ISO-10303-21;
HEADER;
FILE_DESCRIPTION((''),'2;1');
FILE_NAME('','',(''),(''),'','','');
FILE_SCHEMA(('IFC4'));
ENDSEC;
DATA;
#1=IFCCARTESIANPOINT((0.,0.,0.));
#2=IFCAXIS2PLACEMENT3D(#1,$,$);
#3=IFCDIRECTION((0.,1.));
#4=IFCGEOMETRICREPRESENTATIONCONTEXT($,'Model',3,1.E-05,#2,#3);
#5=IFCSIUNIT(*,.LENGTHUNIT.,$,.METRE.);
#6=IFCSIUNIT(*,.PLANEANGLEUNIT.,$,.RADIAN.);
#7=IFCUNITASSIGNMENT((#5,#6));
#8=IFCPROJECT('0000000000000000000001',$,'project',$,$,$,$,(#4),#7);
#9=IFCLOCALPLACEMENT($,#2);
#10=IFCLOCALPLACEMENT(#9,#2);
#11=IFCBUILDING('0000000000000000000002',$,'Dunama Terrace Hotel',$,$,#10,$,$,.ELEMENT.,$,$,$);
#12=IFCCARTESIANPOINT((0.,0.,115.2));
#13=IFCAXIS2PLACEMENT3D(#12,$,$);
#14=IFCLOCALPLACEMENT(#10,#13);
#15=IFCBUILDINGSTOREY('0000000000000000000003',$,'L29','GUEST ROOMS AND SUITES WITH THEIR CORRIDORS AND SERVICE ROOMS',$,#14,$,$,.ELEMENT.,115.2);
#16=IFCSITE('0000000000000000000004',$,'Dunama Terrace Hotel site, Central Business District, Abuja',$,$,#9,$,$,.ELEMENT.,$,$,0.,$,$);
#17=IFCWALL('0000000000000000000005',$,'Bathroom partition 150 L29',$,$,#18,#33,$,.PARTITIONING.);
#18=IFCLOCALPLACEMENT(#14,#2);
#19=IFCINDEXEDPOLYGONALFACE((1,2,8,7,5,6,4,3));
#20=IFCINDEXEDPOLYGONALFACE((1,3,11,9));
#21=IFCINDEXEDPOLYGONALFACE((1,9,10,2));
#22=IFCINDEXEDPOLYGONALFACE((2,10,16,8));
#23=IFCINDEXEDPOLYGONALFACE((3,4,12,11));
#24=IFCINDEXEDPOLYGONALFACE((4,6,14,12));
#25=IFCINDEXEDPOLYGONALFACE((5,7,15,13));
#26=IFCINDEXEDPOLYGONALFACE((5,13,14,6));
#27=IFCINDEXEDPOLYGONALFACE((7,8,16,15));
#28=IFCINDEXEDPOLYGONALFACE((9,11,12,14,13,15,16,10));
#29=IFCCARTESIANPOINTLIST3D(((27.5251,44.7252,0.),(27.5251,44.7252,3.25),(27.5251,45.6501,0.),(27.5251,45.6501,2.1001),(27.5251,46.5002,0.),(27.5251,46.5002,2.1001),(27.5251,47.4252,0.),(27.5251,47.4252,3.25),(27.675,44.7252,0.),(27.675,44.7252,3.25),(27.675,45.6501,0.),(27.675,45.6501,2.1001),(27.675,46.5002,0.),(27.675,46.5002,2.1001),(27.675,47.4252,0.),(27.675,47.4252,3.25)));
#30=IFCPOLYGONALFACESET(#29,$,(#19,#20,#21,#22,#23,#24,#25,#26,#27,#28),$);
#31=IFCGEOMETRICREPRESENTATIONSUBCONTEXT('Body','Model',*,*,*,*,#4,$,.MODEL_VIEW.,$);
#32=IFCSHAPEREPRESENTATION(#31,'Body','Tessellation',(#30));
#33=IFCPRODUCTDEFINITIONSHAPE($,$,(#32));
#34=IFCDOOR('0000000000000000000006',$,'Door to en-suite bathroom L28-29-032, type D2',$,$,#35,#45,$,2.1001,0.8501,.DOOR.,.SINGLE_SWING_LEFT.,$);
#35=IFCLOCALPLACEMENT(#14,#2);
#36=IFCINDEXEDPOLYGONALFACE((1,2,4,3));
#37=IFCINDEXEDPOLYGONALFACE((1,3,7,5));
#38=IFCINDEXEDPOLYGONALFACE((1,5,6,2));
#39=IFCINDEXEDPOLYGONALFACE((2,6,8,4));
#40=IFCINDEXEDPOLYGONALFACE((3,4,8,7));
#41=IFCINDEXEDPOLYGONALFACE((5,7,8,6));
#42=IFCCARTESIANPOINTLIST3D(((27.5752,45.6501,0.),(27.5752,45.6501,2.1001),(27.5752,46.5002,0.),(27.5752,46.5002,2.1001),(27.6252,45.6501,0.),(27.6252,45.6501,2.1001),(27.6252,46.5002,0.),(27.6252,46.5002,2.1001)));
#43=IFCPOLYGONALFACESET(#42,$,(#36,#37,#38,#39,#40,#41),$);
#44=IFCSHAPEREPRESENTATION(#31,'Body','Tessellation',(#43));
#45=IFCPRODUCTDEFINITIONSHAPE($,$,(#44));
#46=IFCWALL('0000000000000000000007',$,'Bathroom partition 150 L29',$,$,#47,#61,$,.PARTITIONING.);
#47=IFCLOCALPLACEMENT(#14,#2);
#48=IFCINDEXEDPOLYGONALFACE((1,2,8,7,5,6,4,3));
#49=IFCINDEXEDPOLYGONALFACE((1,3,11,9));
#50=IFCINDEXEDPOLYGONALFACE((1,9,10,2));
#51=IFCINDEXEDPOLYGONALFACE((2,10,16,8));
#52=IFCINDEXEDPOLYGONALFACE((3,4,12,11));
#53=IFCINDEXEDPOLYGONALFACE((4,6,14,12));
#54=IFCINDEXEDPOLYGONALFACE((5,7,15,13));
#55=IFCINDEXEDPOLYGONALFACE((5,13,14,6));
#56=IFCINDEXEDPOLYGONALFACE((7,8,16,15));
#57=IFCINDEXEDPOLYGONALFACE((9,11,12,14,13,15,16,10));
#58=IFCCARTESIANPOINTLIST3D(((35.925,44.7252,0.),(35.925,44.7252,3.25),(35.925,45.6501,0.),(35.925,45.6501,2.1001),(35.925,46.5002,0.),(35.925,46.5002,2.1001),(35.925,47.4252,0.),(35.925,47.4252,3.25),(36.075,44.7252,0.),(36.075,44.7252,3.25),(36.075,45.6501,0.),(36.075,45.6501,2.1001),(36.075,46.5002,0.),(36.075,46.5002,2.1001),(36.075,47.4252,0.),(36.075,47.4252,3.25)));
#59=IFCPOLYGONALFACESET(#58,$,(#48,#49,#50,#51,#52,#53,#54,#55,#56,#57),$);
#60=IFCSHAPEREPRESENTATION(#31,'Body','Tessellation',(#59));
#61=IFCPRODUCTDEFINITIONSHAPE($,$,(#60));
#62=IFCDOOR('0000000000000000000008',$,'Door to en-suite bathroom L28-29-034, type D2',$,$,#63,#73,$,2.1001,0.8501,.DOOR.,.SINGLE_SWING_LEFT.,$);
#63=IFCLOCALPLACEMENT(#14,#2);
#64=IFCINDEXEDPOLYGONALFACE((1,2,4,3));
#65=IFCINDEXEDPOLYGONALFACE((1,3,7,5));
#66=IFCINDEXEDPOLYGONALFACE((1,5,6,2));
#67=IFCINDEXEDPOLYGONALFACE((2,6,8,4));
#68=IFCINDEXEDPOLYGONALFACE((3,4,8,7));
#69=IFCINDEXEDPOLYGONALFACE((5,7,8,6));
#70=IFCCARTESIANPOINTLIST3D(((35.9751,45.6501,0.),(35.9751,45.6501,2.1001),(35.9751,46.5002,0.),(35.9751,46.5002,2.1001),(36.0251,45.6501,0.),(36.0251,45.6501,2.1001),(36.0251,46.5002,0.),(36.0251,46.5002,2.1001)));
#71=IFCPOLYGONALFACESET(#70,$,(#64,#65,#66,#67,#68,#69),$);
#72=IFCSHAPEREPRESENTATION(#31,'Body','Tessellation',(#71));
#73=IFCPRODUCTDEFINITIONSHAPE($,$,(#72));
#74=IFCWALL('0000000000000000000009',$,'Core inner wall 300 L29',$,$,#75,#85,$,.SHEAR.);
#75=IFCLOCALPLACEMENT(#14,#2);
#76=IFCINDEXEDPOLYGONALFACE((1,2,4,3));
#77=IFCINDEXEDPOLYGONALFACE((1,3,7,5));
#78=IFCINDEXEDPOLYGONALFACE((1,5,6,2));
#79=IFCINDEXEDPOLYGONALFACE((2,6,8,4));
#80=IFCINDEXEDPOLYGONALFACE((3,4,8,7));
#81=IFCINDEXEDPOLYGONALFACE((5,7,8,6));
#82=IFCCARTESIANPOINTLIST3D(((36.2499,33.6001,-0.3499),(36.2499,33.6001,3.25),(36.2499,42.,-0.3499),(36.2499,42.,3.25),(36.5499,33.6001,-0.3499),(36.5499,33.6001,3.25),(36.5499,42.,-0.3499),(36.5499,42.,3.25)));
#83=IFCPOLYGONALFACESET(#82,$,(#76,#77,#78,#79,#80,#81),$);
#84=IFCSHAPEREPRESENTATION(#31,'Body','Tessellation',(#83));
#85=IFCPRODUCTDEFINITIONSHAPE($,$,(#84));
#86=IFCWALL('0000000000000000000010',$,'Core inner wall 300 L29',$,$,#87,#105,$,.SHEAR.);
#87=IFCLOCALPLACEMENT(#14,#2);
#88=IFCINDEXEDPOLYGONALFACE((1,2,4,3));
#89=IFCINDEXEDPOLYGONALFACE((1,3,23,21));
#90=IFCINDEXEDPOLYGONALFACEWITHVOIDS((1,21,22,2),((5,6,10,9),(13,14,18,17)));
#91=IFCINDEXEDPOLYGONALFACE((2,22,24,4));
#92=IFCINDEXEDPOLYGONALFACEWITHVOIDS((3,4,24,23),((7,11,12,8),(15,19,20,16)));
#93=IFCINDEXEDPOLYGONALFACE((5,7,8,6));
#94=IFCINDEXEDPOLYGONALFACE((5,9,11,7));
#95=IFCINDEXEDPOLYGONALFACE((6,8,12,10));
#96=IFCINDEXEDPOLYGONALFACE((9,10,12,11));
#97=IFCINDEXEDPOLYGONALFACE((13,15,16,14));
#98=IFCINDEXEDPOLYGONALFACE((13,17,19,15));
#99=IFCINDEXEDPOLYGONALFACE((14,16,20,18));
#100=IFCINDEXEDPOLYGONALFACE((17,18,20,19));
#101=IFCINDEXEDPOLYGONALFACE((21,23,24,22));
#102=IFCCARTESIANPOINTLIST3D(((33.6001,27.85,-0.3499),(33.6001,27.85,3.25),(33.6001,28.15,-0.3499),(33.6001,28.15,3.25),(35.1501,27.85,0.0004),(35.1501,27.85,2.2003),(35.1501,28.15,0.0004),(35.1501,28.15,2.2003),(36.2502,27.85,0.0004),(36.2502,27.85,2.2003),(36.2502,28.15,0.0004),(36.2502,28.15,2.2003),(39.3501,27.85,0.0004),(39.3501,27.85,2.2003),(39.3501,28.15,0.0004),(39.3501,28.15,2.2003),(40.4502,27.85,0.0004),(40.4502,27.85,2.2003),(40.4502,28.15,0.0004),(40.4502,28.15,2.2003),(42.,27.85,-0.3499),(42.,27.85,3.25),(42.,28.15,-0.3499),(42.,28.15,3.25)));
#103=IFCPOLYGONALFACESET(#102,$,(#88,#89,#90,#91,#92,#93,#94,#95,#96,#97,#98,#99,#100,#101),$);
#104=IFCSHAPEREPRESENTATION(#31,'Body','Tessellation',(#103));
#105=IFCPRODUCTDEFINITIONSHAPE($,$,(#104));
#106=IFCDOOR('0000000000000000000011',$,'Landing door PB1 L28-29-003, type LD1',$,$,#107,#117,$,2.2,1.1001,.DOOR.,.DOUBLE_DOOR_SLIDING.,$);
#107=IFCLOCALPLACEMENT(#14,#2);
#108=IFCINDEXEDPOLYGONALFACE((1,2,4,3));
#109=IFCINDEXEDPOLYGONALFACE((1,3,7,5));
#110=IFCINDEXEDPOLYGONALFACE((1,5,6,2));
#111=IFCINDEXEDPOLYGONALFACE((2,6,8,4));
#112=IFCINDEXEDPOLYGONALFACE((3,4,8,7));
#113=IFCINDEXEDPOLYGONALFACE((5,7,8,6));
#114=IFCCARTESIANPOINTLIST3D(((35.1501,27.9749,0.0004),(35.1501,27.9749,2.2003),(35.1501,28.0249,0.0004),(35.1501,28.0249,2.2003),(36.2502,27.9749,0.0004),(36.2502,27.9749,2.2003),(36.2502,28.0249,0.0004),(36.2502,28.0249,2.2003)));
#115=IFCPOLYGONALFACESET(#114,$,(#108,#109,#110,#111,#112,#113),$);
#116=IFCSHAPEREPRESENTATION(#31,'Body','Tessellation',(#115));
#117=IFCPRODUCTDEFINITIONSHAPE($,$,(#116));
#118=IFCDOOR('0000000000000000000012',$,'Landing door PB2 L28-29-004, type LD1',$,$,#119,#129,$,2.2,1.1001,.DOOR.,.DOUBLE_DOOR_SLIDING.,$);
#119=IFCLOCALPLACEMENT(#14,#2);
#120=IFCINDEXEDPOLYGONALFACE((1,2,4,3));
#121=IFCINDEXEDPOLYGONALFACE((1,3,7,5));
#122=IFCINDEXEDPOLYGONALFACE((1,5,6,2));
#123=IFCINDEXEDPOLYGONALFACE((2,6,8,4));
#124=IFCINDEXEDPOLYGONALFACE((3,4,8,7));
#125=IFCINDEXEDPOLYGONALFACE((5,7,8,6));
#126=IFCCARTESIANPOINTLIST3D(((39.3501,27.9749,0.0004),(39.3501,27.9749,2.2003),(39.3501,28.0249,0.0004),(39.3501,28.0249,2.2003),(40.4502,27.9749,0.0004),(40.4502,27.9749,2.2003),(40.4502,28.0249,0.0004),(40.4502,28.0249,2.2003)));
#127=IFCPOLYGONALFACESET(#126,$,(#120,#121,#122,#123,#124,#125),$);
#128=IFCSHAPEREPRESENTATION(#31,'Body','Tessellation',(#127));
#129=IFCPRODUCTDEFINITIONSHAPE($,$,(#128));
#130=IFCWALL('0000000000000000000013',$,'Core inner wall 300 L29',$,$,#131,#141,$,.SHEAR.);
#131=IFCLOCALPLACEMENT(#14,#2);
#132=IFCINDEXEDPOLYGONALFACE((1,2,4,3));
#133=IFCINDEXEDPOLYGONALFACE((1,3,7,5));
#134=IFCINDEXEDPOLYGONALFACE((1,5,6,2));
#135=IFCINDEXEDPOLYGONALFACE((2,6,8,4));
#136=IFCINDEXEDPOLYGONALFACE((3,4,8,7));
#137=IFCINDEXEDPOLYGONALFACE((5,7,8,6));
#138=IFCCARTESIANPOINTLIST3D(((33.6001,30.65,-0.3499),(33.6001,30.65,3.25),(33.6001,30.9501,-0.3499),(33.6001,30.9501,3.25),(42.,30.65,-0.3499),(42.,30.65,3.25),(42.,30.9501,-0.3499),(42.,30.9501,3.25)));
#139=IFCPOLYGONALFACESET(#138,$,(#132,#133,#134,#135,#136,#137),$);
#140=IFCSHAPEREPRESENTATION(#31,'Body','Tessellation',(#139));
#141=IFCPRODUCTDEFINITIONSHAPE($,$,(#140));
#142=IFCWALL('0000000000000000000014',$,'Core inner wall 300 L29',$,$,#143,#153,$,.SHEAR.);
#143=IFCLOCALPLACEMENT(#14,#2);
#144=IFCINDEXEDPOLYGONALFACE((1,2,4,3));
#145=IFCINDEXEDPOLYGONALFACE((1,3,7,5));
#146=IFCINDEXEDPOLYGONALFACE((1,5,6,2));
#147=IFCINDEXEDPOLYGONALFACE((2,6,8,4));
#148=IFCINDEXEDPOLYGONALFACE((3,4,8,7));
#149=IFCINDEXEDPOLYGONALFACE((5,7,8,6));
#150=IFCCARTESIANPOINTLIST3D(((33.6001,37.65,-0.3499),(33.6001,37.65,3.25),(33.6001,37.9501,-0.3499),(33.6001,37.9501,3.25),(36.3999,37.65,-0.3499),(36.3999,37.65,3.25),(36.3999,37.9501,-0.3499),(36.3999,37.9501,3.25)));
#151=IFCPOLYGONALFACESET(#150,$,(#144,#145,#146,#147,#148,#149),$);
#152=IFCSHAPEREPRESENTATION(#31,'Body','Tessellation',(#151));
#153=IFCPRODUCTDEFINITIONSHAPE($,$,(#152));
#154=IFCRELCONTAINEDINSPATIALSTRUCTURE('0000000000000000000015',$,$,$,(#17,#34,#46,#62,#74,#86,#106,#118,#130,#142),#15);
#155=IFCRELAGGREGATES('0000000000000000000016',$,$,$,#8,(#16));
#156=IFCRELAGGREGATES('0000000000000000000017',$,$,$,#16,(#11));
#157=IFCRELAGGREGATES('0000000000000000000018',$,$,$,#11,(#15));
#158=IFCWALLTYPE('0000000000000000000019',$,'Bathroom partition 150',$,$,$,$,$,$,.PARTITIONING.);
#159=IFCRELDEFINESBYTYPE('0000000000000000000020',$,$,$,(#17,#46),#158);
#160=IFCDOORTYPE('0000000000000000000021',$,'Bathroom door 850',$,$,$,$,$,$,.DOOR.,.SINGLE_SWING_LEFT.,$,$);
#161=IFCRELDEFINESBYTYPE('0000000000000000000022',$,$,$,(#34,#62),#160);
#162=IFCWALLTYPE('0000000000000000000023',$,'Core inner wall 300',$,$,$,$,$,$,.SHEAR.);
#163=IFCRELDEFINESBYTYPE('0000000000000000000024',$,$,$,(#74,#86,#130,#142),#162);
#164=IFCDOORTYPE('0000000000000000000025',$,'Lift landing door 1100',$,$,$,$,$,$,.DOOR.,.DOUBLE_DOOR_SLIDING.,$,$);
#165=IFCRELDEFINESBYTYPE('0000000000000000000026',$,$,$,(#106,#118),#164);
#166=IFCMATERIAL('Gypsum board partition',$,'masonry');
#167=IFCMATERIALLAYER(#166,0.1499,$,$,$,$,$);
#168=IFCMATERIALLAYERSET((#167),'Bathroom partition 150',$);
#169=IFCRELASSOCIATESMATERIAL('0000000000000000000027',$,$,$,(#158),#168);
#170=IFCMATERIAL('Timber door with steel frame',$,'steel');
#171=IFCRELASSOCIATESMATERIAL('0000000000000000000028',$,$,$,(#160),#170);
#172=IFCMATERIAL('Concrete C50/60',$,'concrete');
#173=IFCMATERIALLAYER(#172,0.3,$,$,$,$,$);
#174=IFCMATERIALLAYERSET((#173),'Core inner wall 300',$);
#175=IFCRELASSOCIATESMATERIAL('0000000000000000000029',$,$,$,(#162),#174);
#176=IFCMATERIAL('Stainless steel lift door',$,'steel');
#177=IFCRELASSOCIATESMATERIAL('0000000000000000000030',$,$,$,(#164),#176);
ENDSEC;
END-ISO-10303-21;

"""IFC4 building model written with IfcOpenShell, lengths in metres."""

from ifc_helpers import new_model, si_unit, direction, frame, frame_2d, origin, place, context, subcontext, project, spatial, rectangle, extrude, material, layer, layer_set, type_object, element, fill, save


model = new_model("IFC4")

# Units and contexts
model_context = context("Model", 3, precision=1e-05, world=origin(), true_north=direction((0.0, 1.0)))
body_context = subcontext(model_context, "Body", "Model", "MODEL_VIEW")
ifc_project = project(units=[si_unit("LENGTHUNIT", "METRE"), si_unit("PLANEANGLEUNIT", "RADIAN")], contexts=[model_context])

# Site, building, storey
site_placement = place(None, origin())
site = spatial("IfcSite", under=ifc_project, at=site_placement, Name="Dunama Terrace Hotel site, Central Business District, Abuja", CompositionType="ELEMENT", RefElevation=0.0)
building_placement = place(site_placement, origin())
building = spatial("IfcBuilding", under=site, at=building_placement, Name="Dunama Terrace Hotel", CompositionType="ELEMENT")
storey_placement = place(building_placement, frame((0.0, 0.0, 115.2)))
storey = spatial("IfcBuildingStorey", under=building, at=storey_placement, Name="L29", Description="GUEST ROOMS AND SUITES WITH THEIR CORRIDORS AND SERVICE ROOMS", CompositionType="ELEMENT", Elevation=115.2)

# Walls, openings, doors
ifc_material_1 = material(Name="Gypsum board partition", Category="masonry")
ifc_layer_1 = layer(ifc_material_1, 0.1499)
ifc_layer_set_1 = layer_set([ifc_layer_1], Name="Bathroom partition 150")
wall_type_1 = type_object("IfcWallType", Name="Bathroom partition 150", PredefinedType="PARTITIONING", material=ifc_layer_set_1)
wall_1_placement = place(storey_placement, frame((27.6001, 44.7251, 0.0), z_axis=(0.0, 0.0, 1.0), x_axis=(0.0, 1.0, 0.0)))
wall_1 = element("IfcWall", 1, at=wall_1_placement, inside=storey, type_object=wall_type_1, Name="Bathroom partition 150 L29", PredefinedType="PARTITIONING", context=body_context, shape_type="SweptSolid", body=[
    extrude(rectangle(XDim=2.7, YDim=0.1499, at=frame_2d((1.3501, 0.0))), origin(), (0.0, 0.0, 1.0), 3.25),
])
opening_1_placement = place(wall_1_placement, frame((0.925, 0.0, 0.0)))
opening_1 = element("IfcOpeningElement", 2, at=opening_1_placement, cuts=wall_1, PredefinedType="OPENING", context=body_context, shape_type="SweptSolid", body=[
    extrude(rectangle(XDim=0.8501, YDim=2.1001, at=frame_2d((0.425, 1.05))), frame((0.0, 0.085, 0.0), z_axis=(0.0, -1.0, 0.0), x_axis=(1.0, 0.0, 0.0)), (0.0, 0.0, 1.0), 0.1699),
])
ifc_material_2 = material(Name="Timber door with steel frame", Category="steel")
door_type_1 = type_object("IfcDoorType", Name="Bathroom door 850", OperationType="SINGLE_SWING_LEFT", PredefinedType="DOOR", material=ifc_material_2)
door_1_placement = place(opening_1_placement, origin())
door_1 = element("IfcDoor", 3, at=door_1_placement, inside=storey, type_object=door_type_1, Name="Door to en-suite bathroom L28-29-032, type D2", OperationType="SINGLE_SWING_LEFT", OverallHeight=2.1001, OverallWidth=0.8501, PredefinedType="DOOR", context=body_context, shape_type="SweptSolid", body=[
    extrude(rectangle(XDim=0.8501, YDim=2.1001, at=frame_2d((0.425, 1.05))), frame((0.0, 0.0249, 0.0), z_axis=(0.0, -1.0, 0.0), x_axis=(1.0, 0.0, 0.0)), (0.0, 0.0, 1.0), 0.05),
])
fill(opening_1, door_1)
wall_2_placement = place(storey_placement, frame((36.0, 44.7251, 0.0), z_axis=(0.0, 0.0, 1.0), x_axis=(0.0, 1.0, 0.0)))
wall_2 = element("IfcWall", 4, at=wall_2_placement, inside=storey, type_object=wall_type_1, Name="Bathroom partition 150 L29", PredefinedType="PARTITIONING", context=body_context, shape_type="SweptSolid", body=[
    extrude(rectangle(XDim=2.7, YDim=0.1499, at=frame_2d((1.3501, 0.0))), origin(), (0.0, 0.0, 1.0), 3.25),
])
opening_2_placement = place(wall_2_placement, frame((0.925, 0.0, 0.0)))
opening_2 = element("IfcOpeningElement", 5, at=opening_2_placement, cuts=wall_2, PredefinedType="OPENING", context=body_context, shape_type="SweptSolid", body=[
    extrude(rectangle(XDim=0.8501, YDim=2.1001, at=frame_2d((0.425, 1.05))), frame((0.0, 0.085, 0.0), z_axis=(0.0, -1.0, 0.0), x_axis=(1.0, 0.0, 0.0)), (0.0, 0.0, 1.0), 0.1699),
])
door_2_placement = place(opening_2_placement, origin())
door_2 = element("IfcDoor", 6, at=door_2_placement, inside=storey, type_object=door_type_1, Name="Door to en-suite bathroom L28-29-034, type D2", OperationType="SINGLE_SWING_LEFT", OverallHeight=2.1001, OverallWidth=0.8501, PredefinedType="DOOR", context=body_context, shape_type="SweptSolid", body=[
    extrude(rectangle(XDim=0.8501, YDim=2.1001, at=frame_2d((0.425, 1.05))), frame((0.0, 0.0249, 0.0), z_axis=(0.0, -1.0, 0.0), x_axis=(1.0, 0.0, 0.0)), (0.0, 0.0, 1.0), 0.05),
])
fill(opening_2, door_2)

# Wall
ifc_material_3 = material(Name="Concrete C50/60", Category="concrete")
ifc_layer_2 = layer(ifc_material_3, 0.3)
ifc_layer_set_2 = layer_set([ifc_layer_2], Name="Core inner wall 300")
wall_type_2 = type_object("IfcWallType", Name="Core inner wall 300", PredefinedType="SHEAR", material=ifc_layer_set_2)
wall_3_placement = place(storey_placement, frame((36.3999, 33.6001, -0.3499), z_axis=(0.0, 0.0, 1.0), x_axis=(0.0, 1.0, 0.0)))
element("IfcWall", 7, at=wall_3_placement, inside=storey, type_object=wall_type_2, Name="Core inner wall 300 L29", PredefinedType="SHEAR", context=body_context, shape_type="SweptSolid", body=[
    extrude(rectangle(XDim=8.3999, YDim=0.3, at=frame_2d((4.2, 0.0))), origin(), (0.0, 0.0, 1.0), 3.5999),
])

# Wall, openings, doors
wall_4_placement = place(storey_placement, frame((33.6001, 28.0, -0.3499), z_axis=(0.0, 0.0, 1.0), x_axis=(1.0, 0.0, 0.0)))
wall_4 = element("IfcWall", 8, at=wall_4_placement, inside=storey, type_object=wall_type_2, Name="Core inner wall 300 L29", PredefinedType="SHEAR", context=body_context, shape_type="SweptSolid", body=[
    extrude(rectangle(XDim=8.3999, YDim=0.3, at=frame_2d((4.2, 0.0))), origin(), (0.0, 0.0, 1.0), 3.5999),
])
opening_3_placement = place(wall_4_placement, frame((1.55, 0.0, 0.3501)))
opening_3 = element("IfcOpeningElement", 9, at=opening_3_placement, cuts=wall_4, PredefinedType="OPENING", context=body_context, shape_type="SweptSolid", body=[
    extrude(rectangle(XDim=1.1001, YDim=2.2, at=frame_2d((0.55, 1.1001))), frame((0.0, 0.1599, 0.0), z_axis=(0.0, -1.0, 0.0), x_axis=(1.0, 0.0, 0.0)), (0.0, 0.0, 1.0), 0.3201),
])
opening_4_placement = place(wall_4_placement, frame((5.75, 0.0, 0.3501)))
opening_4 = element("IfcOpeningElement", 10, at=opening_4_placement, cuts=wall_4, PredefinedType="OPENING", context=body_context, shape_type="SweptSolid", body=[
    extrude(rectangle(XDim=1.1001, YDim=2.2, at=frame_2d((0.55, 1.1001))), frame((0.0, 0.1599, 0.0), z_axis=(0.0, -1.0, 0.0), x_axis=(1.0, 0.0, 0.0)), (0.0, 0.0, 1.0), 0.3201),
])
ifc_material_4 = material(Name="Stainless steel lift door", Category="steel")
door_type_2 = type_object("IfcDoorType", Name="Lift landing door 1100", OperationType="DOUBLE_DOOR_SLIDING", PredefinedType="DOOR", material=ifc_material_4)
door_3_placement = place(opening_3_placement, origin())
door_3 = element("IfcDoor", 11, at=door_3_placement, inside=storey, type_object=door_type_2, Name="Landing door PB1 L28-29-003, type LD1", OperationType="DOUBLE_DOOR_SLIDING", OverallHeight=2.2, OverallWidth=1.1001, PredefinedType="DOOR", context=body_context, shape_type="SweptSolid", body=[
    extrude(rectangle(XDim=1.1001, YDim=2.2, at=frame_2d((0.55, 1.1001))), frame((0.0, 0.0249, 0.0), z_axis=(0.0, -1.0, 0.0), x_axis=(1.0, 0.0, 0.0)), (0.0, 0.0, 1.0), 0.05),
])
fill(opening_3, door_3)
door_4_placement = place(opening_4_placement, origin())
door_4 = element("IfcDoor", 12, at=door_4_placement, inside=storey, type_object=door_type_2, Name="Landing door PB2 L28-29-004, type LD1", OperationType="DOUBLE_DOOR_SLIDING", OverallHeight=2.2, OverallWidth=1.1001, PredefinedType="DOOR", context=body_context, shape_type="SweptSolid", body=[
    extrude(rectangle(XDim=1.1001, YDim=2.2, at=frame_2d((0.55, 1.1001))), frame((0.0, 0.0249, 0.0), z_axis=(0.0, -1.0, 0.0), x_axis=(1.0, 0.0, 0.0)), (0.0, 0.0, 1.0), 0.05),
])
fill(opening_4, door_4)

# Walls
wall_5_placement = place(storey_placement, frame((33.6001, 30.8, -0.3499), z_axis=(0.0, 0.0, 1.0), x_axis=(1.0, 0.0, 0.0)))
element("IfcWall", 13, at=wall_5_placement, inside=storey, type_object=wall_type_2, Name="Core inner wall 300 L29", PredefinedType="SHEAR", context=body_context, shape_type="SweptSolid", body=[
    extrude(rectangle(XDim=8.3999, YDim=0.3, at=frame_2d((4.2, 0.0))), origin(), (0.0, 0.0, 1.0), 3.5999),
])
wall_6_placement = place(storey_placement, frame((33.6001, 37.8, -0.3499), z_axis=(0.0, 0.0, 1.0), x_axis=(1.0, 0.0, 0.0)))
element("IfcWall", 14, at=wall_6_placement, inside=storey, type_object=wall_type_2, Name="Core inner wall 300 L29", PredefinedType="SHEAR", context=body_context, shape_type="SweptSolid", body=[
    extrude(rectangle(XDim=2.7998, YDim=0.3, at=frame_2d((1.3999, 0.0))), origin(), (0.0, 0.0, 1.0), 3.5999),
])

save(model, "model.ifc")
